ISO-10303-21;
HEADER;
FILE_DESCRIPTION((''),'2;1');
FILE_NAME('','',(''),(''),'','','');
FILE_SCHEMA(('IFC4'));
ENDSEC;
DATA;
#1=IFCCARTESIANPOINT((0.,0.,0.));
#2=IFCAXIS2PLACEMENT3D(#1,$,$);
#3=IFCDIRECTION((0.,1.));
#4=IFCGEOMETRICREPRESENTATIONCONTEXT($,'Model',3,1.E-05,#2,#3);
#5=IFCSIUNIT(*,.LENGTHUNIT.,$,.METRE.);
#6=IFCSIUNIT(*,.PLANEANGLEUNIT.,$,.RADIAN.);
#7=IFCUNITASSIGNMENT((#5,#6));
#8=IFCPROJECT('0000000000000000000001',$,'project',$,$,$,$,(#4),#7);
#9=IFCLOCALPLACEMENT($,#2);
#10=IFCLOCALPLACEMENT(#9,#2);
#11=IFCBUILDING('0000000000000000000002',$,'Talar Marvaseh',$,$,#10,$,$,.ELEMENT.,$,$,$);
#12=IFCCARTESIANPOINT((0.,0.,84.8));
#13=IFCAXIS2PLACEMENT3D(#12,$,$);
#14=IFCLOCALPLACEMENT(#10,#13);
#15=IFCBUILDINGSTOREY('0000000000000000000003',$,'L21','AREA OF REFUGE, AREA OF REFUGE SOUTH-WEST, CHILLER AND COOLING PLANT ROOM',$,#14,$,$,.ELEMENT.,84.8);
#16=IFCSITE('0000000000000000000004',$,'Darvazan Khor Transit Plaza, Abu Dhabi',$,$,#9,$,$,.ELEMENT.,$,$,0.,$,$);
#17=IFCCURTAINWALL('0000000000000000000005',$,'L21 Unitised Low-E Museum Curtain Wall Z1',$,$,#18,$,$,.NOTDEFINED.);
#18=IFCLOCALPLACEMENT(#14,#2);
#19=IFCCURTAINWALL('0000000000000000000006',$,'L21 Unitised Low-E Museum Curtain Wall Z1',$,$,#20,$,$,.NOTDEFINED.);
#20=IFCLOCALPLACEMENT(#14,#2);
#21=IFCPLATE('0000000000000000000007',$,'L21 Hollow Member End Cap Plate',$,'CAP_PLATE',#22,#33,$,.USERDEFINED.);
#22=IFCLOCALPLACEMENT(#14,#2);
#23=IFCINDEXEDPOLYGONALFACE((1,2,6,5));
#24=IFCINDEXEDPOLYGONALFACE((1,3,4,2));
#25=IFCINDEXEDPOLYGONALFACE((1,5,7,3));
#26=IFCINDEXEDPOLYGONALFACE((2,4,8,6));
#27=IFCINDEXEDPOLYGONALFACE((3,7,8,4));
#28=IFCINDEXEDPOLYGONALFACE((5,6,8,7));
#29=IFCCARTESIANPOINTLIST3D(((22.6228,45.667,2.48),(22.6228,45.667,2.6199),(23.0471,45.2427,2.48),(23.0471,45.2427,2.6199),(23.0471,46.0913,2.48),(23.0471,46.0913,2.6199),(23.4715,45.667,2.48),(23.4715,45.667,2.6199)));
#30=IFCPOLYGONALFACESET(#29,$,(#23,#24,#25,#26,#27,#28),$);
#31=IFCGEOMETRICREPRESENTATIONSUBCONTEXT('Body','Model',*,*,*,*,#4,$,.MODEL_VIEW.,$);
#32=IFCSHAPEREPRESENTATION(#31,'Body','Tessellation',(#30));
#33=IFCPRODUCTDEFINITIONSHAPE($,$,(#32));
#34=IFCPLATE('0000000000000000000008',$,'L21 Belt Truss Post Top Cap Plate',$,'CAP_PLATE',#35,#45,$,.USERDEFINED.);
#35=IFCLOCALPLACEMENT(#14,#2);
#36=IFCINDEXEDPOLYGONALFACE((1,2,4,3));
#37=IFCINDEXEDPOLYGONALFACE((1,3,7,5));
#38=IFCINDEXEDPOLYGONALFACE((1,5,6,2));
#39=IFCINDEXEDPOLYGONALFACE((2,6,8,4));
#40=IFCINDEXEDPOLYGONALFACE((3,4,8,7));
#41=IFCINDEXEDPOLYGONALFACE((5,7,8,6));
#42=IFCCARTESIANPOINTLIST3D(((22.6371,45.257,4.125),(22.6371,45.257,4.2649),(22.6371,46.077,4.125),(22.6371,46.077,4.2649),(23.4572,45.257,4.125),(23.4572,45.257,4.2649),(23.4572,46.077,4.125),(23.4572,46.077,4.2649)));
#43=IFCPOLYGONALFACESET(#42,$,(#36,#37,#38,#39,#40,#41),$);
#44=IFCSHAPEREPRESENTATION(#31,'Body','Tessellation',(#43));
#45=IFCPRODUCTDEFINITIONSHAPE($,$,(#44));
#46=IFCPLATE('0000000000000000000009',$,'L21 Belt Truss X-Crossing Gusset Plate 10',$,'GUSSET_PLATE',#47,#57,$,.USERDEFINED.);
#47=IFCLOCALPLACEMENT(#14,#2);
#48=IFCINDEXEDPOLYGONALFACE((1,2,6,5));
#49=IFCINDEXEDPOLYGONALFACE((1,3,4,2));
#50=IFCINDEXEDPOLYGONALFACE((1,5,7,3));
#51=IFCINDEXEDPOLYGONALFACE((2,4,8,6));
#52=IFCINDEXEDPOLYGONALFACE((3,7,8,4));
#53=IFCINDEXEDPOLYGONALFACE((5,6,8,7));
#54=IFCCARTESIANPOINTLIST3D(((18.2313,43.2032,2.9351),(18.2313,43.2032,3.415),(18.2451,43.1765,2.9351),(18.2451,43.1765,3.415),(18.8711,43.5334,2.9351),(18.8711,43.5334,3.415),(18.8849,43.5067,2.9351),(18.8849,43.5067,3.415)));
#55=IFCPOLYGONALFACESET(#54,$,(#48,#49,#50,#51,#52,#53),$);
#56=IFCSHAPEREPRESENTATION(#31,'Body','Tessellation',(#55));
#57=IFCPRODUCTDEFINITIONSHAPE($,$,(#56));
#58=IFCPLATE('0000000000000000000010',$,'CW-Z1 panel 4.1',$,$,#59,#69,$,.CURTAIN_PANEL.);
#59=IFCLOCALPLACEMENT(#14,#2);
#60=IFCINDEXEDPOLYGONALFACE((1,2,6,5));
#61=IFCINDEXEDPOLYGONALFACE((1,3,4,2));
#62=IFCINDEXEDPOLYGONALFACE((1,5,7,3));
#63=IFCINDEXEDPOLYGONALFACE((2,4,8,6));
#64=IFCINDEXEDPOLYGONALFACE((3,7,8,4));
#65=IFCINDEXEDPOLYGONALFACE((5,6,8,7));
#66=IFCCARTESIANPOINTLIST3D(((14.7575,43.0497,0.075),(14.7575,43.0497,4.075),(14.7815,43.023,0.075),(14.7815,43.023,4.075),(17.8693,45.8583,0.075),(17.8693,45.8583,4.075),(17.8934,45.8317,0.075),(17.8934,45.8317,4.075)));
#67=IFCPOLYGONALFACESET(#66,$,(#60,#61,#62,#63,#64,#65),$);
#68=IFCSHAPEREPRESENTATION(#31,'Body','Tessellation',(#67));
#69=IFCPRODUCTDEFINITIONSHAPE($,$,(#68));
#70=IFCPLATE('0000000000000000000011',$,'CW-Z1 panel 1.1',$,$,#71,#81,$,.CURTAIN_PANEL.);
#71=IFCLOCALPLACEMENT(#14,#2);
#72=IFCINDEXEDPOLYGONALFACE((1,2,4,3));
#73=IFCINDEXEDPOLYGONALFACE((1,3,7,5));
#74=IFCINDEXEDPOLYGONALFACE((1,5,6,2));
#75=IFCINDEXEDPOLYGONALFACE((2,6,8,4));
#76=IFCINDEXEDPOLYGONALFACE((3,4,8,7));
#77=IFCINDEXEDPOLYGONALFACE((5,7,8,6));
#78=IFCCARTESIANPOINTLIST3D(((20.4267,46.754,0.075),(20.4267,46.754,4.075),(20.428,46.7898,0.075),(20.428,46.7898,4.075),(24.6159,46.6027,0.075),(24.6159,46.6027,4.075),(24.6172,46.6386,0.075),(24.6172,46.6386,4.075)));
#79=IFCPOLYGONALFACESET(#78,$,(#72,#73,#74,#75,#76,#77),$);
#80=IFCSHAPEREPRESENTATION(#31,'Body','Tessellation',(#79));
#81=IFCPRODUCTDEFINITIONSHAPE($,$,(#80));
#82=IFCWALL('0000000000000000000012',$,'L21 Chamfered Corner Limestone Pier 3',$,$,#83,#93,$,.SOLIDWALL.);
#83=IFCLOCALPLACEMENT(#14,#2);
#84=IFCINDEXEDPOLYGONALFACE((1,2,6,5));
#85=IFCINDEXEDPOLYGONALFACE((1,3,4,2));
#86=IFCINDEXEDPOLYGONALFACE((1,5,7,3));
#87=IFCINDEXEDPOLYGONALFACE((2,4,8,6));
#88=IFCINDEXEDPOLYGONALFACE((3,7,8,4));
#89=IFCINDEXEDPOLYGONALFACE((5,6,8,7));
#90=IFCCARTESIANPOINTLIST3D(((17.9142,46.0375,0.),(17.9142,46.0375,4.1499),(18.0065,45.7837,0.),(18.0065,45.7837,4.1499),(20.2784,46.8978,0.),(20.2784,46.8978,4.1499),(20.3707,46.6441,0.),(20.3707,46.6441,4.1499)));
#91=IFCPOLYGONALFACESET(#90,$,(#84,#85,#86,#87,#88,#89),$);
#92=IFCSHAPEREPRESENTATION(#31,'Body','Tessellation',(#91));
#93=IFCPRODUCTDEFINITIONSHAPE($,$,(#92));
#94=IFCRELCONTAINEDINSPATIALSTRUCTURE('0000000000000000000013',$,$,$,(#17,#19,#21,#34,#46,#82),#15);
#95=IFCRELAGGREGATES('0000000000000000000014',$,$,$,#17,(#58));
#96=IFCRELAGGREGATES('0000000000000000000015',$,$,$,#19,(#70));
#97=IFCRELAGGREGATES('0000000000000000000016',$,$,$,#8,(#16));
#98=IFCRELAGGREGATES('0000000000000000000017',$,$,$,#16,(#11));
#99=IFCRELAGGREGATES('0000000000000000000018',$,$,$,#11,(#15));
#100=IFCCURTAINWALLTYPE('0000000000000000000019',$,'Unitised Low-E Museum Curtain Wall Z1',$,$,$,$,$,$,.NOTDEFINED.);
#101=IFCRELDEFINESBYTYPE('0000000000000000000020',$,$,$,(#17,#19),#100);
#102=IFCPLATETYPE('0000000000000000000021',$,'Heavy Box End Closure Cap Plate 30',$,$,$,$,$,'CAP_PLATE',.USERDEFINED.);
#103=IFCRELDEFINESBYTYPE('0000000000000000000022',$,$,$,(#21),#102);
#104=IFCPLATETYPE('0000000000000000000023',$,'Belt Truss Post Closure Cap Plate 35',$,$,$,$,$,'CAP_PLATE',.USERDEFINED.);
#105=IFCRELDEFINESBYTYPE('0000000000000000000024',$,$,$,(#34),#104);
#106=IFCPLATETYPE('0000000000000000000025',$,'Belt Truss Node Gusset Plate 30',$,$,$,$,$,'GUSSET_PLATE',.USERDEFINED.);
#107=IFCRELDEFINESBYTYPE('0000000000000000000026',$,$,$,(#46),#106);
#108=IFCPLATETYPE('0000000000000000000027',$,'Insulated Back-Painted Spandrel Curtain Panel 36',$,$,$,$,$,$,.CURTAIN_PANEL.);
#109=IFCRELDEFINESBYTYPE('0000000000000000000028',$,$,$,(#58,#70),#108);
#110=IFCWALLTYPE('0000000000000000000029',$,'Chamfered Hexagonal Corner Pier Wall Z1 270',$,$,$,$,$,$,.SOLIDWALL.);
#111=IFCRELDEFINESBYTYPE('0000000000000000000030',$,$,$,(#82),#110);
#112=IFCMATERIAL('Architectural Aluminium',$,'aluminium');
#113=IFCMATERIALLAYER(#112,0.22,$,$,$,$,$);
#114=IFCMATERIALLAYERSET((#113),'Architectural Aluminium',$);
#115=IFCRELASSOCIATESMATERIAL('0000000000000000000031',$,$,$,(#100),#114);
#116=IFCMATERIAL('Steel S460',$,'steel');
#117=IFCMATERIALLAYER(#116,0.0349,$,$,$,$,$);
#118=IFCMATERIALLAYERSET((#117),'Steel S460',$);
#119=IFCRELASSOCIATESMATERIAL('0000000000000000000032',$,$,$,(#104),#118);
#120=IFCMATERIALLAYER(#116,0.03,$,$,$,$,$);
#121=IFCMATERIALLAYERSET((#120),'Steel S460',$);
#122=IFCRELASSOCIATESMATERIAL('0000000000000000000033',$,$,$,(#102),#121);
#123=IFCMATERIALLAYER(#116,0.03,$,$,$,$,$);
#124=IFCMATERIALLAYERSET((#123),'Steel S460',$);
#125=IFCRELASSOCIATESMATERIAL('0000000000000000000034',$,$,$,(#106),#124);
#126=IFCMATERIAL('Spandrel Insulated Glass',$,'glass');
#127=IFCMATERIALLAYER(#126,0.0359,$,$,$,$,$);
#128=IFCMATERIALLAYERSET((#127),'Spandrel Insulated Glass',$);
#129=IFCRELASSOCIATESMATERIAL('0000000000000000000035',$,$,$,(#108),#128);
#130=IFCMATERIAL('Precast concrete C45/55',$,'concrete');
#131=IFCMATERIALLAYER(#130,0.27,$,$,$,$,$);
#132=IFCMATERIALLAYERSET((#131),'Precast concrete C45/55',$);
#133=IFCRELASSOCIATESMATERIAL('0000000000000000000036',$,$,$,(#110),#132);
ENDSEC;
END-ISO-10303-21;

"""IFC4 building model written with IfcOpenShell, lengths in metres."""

from ifc_helpers import new_model, si_unit, direction, frame, frame_2d, origin, origin_2d, place, context, subcontext, project, spatial, rectangle, extrude, source, transform, mapped, material, layer, layer_set, type_object, type_shapes, element, aggregate, save


model = new_model("IFC4")

# Units and contexts
model_context = context("Model", 3, precision=1e-05, world=origin(), true_north=direction((0.0, 1.0)))
body_context = subcontext(model_context, "Body", "Model", "MODEL_VIEW")
ifc_project = project(units=[si_unit("LENGTHUNIT", "METRE"), si_unit("PLANEANGLEUNIT", "RADIAN")], contexts=[model_context])

# Site, building, storey
site_placement = place(None, origin())
site = spatial("IfcSite", under=ifc_project, at=site_placement, Name="Darvazan Khor Transit Plaza, Abu Dhabi", CompositionType="ELEMENT", RefElevation=0.0)
building_placement = place(site_placement, origin())
building = spatial("IfcBuilding", under=site, at=building_placement, Name="Talar Marvaseh", CompositionType="ELEMENT")
storey_placement = place(building_placement, frame((0.0, 0.0, 84.8)))
storey = spatial("IfcBuildingStorey", under=building, at=storey_placement, Name="L21", Description="AREA OF REFUGE, AREA OF REFUGE SOUTH-WEST, CHILLER AND COOLING PLANT ROOM", CompositionType="ELEMENT", Elevation=84.8)

# Shared definitions
ifc_material_1 = material(Name="Steel S460", Category="steel")

# Curtain walls
ifc_material_2 = material(Name="Architectural Aluminium", Category="aluminium")
ifc_layer_1 = layer(ifc_material_2, 0.22)
ifc_layer_set_1 = layer_set([ifc_layer_1], Name="Architectural Aluminium")
curtain_wall_type = type_object("IfcCurtainWallType", Name="Unitised Low-E Museum Curtain Wall Z1", PredefinedType="NOTDEFINED", material=ifc_layer_set_1)
curtain_wall_1_placement = place(storey_placement, origin())
curtain_wall_1 = element("IfcCurtainWall", 1, at=curtain_wall_1_placement, inside=storey, type_object=curtain_wall_type, Name="L21 Unitised Low-E Museum Curtain Wall Z1", PredefinedType="NOTDEFINED")
curtain_wall_2_placement = place(storey_placement, origin())
curtain_wall_2 = element("IfcCurtainWall", 2, at=curtain_wall_2_placement, inside=storey, type_object=curtain_wall_type, Name="L21 Unitised Low-E Museum Curtain Wall Z1", PredefinedType="NOTDEFINED")

# Plates
ifc_layer_2 = layer(ifc_material_1, 0.0349)
ifc_layer_set_2 = layer_set([ifc_layer_2], Name="Steel S460")
plate_type_1 = type_object("IfcPlateType", Name="Belt Truss Post Closure Cap Plate 35", ElementType="CAP_PLATE", PredefinedType="USERDEFINED", material=ifc_layer_set_2)
ifc_layer_3 = layer(ifc_material_1, 0.03)
ifc_layer_set_3 = layer_set([ifc_layer_3], Name="Steel S460")
plate_type_2 = type_object("IfcPlateType", Name="Heavy Box End Closure Cap Plate 30", ElementType="CAP_PLATE", PredefinedType="USERDEFINED", material=ifc_layer_set_3)
shared_shape_1 = source(origin(), body_context, "Body", "SweptSolid", [
    extrude(rectangle(XDim=0.6001, YDim=0.6001, at=origin_2d()), origin(), (0.0, 0.0, 1.0), 0.1399),
])
type_shapes(plate_type_2, [shared_shape_1])
plate_1_placement = place(storey_placement, frame((23.0471, 45.667, 2.48), z_axis=(0.0, 0.0, 1.0), x_axis=(-0.707107, -0.707107, 0.0)))
element("IfcPlate", 3, at=plate_1_placement, inside=storey, type_object=plate_type_2, Name="L21 Hollow Member End Cap Plate", ObjectType="CAP_PLATE", PredefinedType="USERDEFINED", context=body_context, shape_type="MappedRepresentation", body=[
    mapped(shared_shape_1, transform((0.0, 0.0, 0.0), x_axis=(1.0, 0.0, 0.0), y_axis=(0.0, 1.0, 0.0), z_axis=(0.0, 0.0, 1.0), scale=1.0)),
])
shared_shape_2 = source(origin(), body_context, "Body", "SweptSolid", [
    extrude(rectangle(XDim=0.8201, YDim=0.8201, at=origin_2d()), origin(), (0.0, 0.0, 1.0), 0.1399),
])
plate_2_placement = place(storey_placement, frame((23.0471, 45.667, 4.125), z_axis=(0.0, 0.0, 1.0), x_axis=(1.0, 0.0, 0.0)))
element("IfcPlate", 4, at=plate_2_placement, inside=storey, type_object=plate_type_1, Name="L21 Belt Truss Post Top Cap Plate", ObjectType="CAP_PLATE", PredefinedType="USERDEFINED", context=body_context, shape_type="MappedRepresentation", body=[
    mapped(shared_shape_2, transform((0.0, 0.0, 0.0), x_axis=(1.0, 0.0, 0.0), y_axis=(0.0, 1.0, 0.0), z_axis=(0.0, 0.0, 1.0), scale=1.0)),
])
ifc_layer_4 = layer(ifc_material_1, 0.03)
ifc_layer_set_4 = layer_set([ifc_layer_4], Name="Steel S460")
plate_type_3 = type_object("IfcPlateType", Name="Belt Truss Node Gusset Plate 30", ElementType="GUSSET_PLATE", PredefinedType="USERDEFINED", material=ifc_layer_set_4)
shared_shape_3 = source(origin(), body_context, "Body", "SweptSolid", [
    extrude(rectangle(XDim=0.72, YDim=0.03, at=origin_2d()), origin(), (0.0, 0.0, 1.0), 0.48),
])
type_shapes(plate_type_3, [shared_shape_3])
plate_3_placement = place(storey_placement, frame((18.5581, 43.355, 2.9351), z_axis=(0.0, 0.0, 1.0), x_axis=(0.888617, 0.45865, 0.0)))
element("IfcPlate", 5, at=plate_3_placement, inside=storey, type_object=plate_type_3, Name="L21 Belt Truss X-Crossing Gusset Plate 10", ObjectType="GUSSET_PLATE", PredefinedType="USERDEFINED", context=body_context, shape_type="MappedRepresentation", body=[
    mapped(shared_shape_3, transform((0.0, 0.0, 0.0), x_axis=(1.0, 0.0, 0.0), y_axis=(0.0, 1.0, 0.0), z_axis=(0.0, 0.0, 1.0), scale=1.0)),
])

# Plates
ifc_material_3 = material(Name="Spandrel Insulated Glass", Category="glass")
ifc_layer_5 = layer(ifc_material_3, 0.0359)
ifc_layer_set_5 = layer_set([ifc_layer_5], Name="Spandrel Insulated Glass")
plate_type_4 = type_object("IfcPlateType", Name="Insulated Back-Painted Spandrel Curtain Panel 36", PredefinedType="CURTAIN_PANEL", material=ifc_layer_set_5)
shared_shape_4 = source(origin(), body_context, "Body", "SweptSolid", [
    extrude(rectangle(XDim=4.1919, YDim=0.0359, at=origin_2d()), origin(), (0.0, 0.0, 1.0), 4.0),
])
type_shapes(plate_type_4, [shared_shape_4])
plate_4_placement = place(storey_placement, frame((16.3254, 44.4407, 0.075), z_axis=(0.0, 0.0, 1.0), x_axis=(0.742351, 0.670011, 0.0)))
plate_4 = element("IfcPlate", 6, at=plate_4_placement, type_object=plate_type_4, Name="CW-Z1 panel 4.1", PredefinedType="CURTAIN_PANEL", context=body_context, shape_type="MappedRepresentation", body=[
    mapped(shared_shape_4, transform((0.0, 0.0, 0.0), x_axis=(1.0, 0.0, 0.0), y_axis=(0.0, 1.0, 0.0), z_axis=(0.0, 0.0, 1.0), scale=1.0)),
])
aggregate(curtain_wall_1, [plate_4])
plate_5_placement = place(storey_placement, frame((22.522, 46.6963, 0.075), z_axis=(0.0, 0.0, 1.0), x_axis=(0.999349, -0.036081, 0.0)))
plate_5 = element("IfcPlate", 7, at=plate_5_placement, type_object=plate_type_4, Name="CW-Z1 panel 1.1", PredefinedType="CURTAIN_PANEL", context=body_context, shape_type="MappedRepresentation", body=[
    mapped(shared_shape_4, transform((0.0, 0.0, 0.0), x_axis=(1.0, 0.0, 0.0), y_axis=(0.0, 1.0, 0.0), z_axis=(0.0, 0.0, 1.0), scale=1.0)),
])
aggregate(curtain_wall_2, [plate_5])

# Wall
ifc_material_4 = material(Name="Precast concrete C45/55", Category="concrete")
ifc_layer_6 = layer(ifc_material_4, 0.27)
ifc_layer_set_6 = layer_set([ifc_layer_6], Name="Precast concrete C45/55")
wall_type = type_object("IfcWallType", Name="Chamfered Hexagonal Corner Pier Wall Z1 270", PredefinedType="SOLIDWALL", material=ifc_layer_set_6)
wall_placement = place(storey_placement, frame((17.9604, 45.9106, 0.0), z_axis=(0.0, 0.0, 1.0), x_axis=(0.939714, 0.341961, 0.0)))
element("IfcWall", 8, at=wall_placement, inside=storey, type_object=wall_type, Name="L21 Chamfered Corner Limestone Pier 3", PredefinedType="SOLIDWALL", context=body_context, shape_type="SweptSolid", body=[
    extrude(rectangle(XDim=2.5159, YDim=0.27, at=frame_2d((1.2578, 0.0))), origin(), (0.0, 0.0, 1.0), 4.1499),
])

save(model, "model.ifc")
